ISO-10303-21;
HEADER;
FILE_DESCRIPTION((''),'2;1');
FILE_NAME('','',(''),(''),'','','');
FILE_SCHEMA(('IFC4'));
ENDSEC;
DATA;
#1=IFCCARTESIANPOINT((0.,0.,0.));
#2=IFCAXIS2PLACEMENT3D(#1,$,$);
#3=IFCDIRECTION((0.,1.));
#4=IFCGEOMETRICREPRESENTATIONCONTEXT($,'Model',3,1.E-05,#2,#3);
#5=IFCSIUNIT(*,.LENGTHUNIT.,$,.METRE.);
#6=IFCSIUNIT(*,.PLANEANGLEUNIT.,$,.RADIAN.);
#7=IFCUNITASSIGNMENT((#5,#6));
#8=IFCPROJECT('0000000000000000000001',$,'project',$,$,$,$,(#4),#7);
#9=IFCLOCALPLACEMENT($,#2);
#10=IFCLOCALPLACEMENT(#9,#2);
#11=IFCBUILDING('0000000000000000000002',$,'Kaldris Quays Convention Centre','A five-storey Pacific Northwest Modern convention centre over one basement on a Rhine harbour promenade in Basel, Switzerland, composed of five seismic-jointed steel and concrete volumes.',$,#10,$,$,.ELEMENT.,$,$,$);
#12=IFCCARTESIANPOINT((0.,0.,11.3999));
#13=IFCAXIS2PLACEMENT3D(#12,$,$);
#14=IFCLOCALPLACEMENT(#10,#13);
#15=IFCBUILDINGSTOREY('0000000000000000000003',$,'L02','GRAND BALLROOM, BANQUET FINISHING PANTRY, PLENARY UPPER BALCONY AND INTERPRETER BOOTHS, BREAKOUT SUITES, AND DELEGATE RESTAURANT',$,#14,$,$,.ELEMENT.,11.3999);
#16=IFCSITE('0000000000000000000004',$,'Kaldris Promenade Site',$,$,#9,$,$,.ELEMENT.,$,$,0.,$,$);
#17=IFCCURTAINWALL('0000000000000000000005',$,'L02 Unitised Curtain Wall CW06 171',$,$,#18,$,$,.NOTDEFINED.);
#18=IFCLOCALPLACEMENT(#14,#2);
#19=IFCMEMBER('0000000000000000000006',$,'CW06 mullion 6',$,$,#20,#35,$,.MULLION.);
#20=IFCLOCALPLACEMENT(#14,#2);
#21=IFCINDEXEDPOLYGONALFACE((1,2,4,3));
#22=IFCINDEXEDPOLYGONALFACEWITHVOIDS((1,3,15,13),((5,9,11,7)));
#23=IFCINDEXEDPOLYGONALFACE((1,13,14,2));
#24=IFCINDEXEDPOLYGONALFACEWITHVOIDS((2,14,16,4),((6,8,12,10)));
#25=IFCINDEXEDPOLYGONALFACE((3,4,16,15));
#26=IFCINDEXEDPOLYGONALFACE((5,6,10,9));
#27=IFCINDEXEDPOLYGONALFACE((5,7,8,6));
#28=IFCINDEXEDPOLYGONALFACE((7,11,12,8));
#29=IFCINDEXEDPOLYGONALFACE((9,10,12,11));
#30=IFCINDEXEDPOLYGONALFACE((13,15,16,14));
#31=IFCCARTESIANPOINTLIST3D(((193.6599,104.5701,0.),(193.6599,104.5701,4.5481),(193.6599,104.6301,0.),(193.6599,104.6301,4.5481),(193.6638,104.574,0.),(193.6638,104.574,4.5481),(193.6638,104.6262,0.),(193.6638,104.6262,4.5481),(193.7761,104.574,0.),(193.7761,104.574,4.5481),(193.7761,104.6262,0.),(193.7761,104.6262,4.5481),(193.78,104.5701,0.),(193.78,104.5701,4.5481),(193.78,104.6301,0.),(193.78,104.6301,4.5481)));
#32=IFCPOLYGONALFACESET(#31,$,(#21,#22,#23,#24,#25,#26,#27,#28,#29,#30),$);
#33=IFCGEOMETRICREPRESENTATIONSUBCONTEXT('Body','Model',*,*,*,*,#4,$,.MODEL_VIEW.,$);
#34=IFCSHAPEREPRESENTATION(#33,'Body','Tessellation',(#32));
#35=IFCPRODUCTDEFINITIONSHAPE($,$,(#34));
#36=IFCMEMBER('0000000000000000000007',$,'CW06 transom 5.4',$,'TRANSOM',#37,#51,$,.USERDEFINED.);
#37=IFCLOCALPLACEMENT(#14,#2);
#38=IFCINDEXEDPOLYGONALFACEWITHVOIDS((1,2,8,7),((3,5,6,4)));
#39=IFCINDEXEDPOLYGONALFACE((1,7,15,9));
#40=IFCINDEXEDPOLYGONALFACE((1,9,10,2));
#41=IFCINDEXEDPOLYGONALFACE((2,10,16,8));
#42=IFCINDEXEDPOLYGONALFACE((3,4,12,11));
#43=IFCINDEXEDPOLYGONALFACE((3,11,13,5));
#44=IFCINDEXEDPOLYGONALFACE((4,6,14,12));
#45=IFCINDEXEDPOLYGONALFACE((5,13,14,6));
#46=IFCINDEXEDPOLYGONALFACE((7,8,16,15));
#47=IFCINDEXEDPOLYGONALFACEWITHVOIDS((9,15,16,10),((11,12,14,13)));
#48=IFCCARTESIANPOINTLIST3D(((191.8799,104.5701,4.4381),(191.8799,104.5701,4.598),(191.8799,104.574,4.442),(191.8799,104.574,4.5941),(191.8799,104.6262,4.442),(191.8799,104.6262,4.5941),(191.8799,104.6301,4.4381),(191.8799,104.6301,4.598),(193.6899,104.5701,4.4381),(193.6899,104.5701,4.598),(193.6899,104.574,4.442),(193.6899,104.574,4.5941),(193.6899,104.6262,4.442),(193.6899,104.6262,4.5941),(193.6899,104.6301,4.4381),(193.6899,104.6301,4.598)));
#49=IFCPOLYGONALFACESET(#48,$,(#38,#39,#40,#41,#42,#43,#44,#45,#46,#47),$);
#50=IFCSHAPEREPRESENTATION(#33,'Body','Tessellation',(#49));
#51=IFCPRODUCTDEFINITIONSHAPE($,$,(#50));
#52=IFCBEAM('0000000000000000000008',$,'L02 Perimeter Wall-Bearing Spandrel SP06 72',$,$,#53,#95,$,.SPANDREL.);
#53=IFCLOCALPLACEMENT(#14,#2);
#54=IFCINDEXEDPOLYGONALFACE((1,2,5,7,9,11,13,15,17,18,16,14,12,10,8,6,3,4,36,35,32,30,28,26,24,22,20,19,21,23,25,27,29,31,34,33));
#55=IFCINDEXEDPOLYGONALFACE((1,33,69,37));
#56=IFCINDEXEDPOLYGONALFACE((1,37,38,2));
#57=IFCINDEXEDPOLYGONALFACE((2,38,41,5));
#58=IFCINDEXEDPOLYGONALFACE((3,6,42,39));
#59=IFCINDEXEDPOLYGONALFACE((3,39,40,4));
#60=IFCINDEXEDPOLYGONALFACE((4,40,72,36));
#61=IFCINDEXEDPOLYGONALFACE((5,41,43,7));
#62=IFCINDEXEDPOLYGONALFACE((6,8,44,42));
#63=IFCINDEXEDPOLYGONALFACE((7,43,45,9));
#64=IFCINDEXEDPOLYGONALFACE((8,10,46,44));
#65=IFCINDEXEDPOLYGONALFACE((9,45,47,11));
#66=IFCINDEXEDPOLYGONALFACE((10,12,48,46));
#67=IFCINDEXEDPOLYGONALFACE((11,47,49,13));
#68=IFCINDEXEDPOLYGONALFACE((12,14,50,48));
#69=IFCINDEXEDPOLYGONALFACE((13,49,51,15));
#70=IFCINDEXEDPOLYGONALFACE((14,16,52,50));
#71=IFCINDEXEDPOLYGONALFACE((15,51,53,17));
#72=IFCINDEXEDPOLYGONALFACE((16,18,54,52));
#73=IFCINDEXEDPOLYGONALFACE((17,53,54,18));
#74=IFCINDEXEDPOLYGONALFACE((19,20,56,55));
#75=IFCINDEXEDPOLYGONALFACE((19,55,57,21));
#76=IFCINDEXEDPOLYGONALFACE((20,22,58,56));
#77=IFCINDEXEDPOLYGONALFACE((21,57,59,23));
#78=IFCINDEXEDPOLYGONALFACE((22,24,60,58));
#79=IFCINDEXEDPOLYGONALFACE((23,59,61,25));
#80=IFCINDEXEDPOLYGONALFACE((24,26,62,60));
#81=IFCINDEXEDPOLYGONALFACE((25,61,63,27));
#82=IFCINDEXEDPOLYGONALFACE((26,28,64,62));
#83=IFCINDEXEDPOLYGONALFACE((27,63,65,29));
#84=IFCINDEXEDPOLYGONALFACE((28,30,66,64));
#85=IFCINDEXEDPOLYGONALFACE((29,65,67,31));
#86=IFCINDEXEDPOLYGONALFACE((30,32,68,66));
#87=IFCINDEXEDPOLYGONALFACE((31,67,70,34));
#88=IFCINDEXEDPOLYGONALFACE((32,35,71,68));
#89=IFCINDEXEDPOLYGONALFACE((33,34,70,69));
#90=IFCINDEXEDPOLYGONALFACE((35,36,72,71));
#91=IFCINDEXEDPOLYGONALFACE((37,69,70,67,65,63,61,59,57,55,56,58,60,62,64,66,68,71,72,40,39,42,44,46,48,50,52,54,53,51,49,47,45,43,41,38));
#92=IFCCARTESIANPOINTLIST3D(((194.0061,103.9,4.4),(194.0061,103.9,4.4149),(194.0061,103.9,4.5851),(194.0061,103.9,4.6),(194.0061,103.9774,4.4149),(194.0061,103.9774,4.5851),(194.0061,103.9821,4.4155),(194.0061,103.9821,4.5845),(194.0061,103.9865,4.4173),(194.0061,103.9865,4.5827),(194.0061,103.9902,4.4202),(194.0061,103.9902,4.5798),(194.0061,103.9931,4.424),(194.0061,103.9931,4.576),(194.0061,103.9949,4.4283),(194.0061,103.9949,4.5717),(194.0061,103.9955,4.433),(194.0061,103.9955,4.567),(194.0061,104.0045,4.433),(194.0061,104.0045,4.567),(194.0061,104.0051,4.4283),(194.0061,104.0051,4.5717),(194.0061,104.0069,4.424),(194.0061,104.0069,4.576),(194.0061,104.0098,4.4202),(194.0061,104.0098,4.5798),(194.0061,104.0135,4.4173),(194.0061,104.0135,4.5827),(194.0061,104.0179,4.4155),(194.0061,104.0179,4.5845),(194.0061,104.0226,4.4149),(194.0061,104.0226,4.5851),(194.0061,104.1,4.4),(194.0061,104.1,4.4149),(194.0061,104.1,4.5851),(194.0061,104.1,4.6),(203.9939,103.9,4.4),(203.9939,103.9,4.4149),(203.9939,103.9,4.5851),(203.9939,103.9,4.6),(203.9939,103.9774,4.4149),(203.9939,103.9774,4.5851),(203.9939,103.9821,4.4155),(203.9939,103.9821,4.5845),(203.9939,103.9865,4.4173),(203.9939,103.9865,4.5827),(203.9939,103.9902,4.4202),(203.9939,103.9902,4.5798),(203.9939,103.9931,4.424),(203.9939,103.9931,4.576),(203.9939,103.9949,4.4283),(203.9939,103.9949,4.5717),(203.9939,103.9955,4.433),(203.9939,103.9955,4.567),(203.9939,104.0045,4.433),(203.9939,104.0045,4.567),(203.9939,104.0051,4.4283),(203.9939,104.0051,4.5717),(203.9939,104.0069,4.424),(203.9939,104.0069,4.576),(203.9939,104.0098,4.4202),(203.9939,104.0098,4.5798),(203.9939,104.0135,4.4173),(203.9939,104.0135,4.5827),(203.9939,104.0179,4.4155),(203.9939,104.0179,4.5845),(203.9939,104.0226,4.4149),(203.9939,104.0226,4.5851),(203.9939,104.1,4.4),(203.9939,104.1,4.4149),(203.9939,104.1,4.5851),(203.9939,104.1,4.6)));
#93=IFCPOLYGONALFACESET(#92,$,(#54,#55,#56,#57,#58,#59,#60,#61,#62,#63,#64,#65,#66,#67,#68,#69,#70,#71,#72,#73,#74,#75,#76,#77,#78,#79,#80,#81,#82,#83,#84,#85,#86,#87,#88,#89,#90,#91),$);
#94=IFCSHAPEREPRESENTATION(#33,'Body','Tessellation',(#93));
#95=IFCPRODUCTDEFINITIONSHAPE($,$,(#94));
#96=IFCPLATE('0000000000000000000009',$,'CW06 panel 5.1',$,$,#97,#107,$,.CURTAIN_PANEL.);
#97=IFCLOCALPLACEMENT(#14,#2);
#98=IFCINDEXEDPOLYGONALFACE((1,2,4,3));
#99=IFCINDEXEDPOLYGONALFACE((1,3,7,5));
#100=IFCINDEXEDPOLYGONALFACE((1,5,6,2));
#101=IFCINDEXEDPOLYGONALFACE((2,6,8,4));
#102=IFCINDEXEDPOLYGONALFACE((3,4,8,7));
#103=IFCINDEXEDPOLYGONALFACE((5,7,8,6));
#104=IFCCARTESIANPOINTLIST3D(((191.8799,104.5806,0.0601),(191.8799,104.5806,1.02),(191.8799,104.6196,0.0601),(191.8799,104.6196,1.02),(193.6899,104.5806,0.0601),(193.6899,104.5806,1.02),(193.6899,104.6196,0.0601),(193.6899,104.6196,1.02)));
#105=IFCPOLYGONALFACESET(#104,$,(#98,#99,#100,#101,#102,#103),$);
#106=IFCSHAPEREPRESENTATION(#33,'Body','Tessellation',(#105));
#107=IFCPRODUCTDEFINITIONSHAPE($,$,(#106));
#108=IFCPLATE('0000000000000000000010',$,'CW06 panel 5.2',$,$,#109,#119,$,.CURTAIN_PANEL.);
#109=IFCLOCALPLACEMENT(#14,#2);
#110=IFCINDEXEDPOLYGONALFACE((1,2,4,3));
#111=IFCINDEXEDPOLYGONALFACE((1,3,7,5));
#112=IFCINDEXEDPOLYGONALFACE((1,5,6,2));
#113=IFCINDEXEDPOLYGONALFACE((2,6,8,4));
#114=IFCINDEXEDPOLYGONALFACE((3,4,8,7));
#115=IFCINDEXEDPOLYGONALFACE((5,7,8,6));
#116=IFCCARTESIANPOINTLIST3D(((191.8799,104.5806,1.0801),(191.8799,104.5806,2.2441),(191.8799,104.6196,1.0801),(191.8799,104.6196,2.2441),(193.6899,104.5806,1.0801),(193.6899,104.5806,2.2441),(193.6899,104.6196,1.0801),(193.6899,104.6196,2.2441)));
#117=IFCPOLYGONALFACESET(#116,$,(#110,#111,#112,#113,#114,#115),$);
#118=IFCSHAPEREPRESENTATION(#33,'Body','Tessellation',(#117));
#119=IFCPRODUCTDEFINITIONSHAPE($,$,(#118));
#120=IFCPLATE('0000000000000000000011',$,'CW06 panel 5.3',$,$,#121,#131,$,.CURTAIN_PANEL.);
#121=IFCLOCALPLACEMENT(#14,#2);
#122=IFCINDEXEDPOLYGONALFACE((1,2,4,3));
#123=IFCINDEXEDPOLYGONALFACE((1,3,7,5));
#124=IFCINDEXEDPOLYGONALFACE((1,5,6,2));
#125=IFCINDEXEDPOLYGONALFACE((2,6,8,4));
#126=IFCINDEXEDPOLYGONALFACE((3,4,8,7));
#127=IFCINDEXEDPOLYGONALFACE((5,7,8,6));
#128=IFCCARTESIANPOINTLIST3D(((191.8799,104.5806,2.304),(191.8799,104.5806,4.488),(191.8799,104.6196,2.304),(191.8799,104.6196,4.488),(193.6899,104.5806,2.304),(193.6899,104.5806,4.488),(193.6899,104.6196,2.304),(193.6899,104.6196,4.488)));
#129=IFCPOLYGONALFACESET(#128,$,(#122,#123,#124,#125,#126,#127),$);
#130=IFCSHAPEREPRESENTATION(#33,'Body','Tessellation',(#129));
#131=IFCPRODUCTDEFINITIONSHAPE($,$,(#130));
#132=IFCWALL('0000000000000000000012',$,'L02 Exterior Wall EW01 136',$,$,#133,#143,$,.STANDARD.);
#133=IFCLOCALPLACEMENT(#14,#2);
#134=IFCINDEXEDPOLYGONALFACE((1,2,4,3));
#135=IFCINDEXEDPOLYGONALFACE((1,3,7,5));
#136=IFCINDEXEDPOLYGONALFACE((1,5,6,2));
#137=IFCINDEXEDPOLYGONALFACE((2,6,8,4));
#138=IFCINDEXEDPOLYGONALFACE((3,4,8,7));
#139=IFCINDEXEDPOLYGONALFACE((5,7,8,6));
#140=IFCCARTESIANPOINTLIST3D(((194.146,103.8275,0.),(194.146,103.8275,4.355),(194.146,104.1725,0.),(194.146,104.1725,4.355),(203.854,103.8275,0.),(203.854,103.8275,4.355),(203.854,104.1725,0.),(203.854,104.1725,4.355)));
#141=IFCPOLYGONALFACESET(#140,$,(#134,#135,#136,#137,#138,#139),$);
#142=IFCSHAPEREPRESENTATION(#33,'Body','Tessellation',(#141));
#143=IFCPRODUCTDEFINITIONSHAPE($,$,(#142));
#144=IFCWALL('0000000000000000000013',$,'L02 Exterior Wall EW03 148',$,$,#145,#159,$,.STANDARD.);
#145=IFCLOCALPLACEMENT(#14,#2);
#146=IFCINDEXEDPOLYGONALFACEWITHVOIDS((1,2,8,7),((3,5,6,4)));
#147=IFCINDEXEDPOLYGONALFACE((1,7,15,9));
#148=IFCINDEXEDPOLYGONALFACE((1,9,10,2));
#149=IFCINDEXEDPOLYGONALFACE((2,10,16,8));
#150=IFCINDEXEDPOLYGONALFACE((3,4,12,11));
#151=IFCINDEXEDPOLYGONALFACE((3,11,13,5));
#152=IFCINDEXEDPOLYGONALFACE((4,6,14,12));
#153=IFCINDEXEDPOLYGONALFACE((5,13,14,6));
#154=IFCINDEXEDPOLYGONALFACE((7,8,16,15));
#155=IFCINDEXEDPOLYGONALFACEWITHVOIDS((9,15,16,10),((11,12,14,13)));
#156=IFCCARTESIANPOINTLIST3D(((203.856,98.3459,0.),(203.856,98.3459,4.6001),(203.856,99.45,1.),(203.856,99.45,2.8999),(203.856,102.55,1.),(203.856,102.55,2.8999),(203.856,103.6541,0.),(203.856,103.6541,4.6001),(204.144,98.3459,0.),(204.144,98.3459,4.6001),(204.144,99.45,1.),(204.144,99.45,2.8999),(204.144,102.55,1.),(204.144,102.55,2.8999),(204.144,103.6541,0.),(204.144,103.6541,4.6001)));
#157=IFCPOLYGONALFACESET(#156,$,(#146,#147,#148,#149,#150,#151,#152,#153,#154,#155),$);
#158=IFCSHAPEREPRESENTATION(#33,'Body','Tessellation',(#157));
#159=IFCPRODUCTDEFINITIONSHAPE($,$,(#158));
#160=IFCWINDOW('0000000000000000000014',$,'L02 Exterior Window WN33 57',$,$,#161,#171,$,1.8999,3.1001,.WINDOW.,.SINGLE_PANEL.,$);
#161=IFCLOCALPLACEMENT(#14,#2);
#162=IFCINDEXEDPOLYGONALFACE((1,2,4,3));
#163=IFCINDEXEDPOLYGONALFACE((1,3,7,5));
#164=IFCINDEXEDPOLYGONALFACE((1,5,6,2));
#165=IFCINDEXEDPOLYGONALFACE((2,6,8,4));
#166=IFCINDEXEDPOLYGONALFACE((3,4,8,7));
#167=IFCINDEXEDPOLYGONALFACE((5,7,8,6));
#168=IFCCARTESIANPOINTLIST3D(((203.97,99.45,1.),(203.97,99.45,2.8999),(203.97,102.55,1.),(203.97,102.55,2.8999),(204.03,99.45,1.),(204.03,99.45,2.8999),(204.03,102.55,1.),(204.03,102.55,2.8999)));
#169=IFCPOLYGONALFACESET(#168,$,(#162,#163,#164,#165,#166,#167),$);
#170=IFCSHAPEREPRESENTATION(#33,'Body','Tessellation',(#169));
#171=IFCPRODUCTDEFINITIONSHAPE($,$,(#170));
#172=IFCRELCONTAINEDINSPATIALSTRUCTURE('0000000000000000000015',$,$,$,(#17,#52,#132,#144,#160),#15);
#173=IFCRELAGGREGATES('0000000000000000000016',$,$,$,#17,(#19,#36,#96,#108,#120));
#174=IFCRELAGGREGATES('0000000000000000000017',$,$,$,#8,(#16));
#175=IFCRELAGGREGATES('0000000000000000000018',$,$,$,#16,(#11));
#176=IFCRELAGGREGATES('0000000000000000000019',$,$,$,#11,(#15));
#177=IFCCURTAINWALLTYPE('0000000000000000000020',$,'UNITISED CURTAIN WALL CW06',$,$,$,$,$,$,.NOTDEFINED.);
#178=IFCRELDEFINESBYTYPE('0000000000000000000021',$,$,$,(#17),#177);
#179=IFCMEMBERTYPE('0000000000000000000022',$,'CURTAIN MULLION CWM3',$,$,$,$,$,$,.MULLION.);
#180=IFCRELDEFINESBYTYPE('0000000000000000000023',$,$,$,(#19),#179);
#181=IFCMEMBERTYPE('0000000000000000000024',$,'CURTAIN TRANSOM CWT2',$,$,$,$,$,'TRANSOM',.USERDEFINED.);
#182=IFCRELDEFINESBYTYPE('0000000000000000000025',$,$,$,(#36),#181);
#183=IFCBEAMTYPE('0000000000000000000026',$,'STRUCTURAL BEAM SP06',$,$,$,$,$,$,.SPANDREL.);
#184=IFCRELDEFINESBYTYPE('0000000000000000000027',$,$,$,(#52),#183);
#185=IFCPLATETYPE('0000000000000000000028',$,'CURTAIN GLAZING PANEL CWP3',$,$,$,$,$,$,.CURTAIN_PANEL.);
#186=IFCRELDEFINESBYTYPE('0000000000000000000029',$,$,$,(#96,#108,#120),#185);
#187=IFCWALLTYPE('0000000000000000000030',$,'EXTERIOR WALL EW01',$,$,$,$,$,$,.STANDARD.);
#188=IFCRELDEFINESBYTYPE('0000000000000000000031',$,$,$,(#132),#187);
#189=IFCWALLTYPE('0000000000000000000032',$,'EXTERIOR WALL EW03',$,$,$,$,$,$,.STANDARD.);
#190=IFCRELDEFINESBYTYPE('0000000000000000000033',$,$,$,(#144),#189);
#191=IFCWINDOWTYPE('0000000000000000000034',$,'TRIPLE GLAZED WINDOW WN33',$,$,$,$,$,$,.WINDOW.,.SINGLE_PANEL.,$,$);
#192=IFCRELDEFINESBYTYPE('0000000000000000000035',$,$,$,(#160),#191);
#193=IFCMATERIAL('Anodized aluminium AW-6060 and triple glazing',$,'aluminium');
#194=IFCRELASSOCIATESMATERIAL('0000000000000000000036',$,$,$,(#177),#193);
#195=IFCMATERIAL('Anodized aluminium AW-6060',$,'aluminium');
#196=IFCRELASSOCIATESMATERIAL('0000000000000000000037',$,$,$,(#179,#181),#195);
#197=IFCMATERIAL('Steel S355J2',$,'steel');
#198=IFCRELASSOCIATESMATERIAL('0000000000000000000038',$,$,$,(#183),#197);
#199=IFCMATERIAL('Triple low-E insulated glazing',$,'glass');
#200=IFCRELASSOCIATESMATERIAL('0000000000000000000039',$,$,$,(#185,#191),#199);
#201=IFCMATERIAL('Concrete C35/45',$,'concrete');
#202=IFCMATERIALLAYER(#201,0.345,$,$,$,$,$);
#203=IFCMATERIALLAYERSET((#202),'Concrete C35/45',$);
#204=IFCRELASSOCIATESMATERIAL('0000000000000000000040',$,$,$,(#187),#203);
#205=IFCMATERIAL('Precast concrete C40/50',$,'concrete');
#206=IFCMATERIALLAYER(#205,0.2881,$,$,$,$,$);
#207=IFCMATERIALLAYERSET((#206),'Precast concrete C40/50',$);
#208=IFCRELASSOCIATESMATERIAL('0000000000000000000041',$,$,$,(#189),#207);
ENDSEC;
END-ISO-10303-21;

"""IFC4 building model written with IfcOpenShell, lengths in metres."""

from ifc_helpers import new_model, si_unit, direction, frame, frame_2d, origin, origin_2d, place, context, subcontext, project, spatial, rectangle, hollow_rectangle, i_section, extrude, material, layer, layer_set, material_profile, profile_set, type_object, element, fill, aggregate, save


model = new_model("IFC4")

# Units and contexts
model_context = context("Model", 3, precision=1e-05, world=origin(), true_north=direction((0.0, 1.0)))
body_context = subcontext(model_context, "Body", "Model", "MODEL_VIEW")
ifc_project = project(units=[si_unit("LENGTHUNIT", "METRE"), si_unit("PLANEANGLEUNIT", "RADIAN")], contexts=[model_context])

# Site, building, storey
site_placement = place(None, origin())
site = spatial("IfcSite", under=ifc_project, at=site_placement, Name="Kaldris Promenade Site", CompositionType="ELEMENT", RefElevation=0.0)
building_placement = place(site_placement, origin())
building = spatial("IfcBuilding", under=site, at=building_placement, Name="Kaldris Quays Convention Centre", Description="A five-storey Pacific Northwest Modern convention centre over one basement on a Rhine harbour promenade in Basel, Switzerland, composed of five seismic-jointed steel and concrete volumes.", CompositionType="ELEMENT")
storey_placement = place(building_placement, frame((0.0, 0.0, 11.3999)))
storey = spatial("IfcBuildingStorey", under=building, at=storey_placement, Name="L02", Description="GRAND BALLROOM, BANQUET FINISHING PANTRY, PLENARY UPPER BALCONY AND INTERPRETER BOOTHS, BREAKOUT SUITES, AND DELEGATE RESTAURANT", CompositionType="ELEMENT", Elevation=11.3999)

# Shared definitions
ifc_material_1 = material(Name="Steel S355J2", Category="steel")

# Curtain wall, members
ifc_material_2 = material(Name="Anodized aluminium AW-6060 and triple glazing", Category="aluminium")
curtain_wall_type = type_object("IfcCurtainWallType", Name="UNITISED CURTAIN WALL CW06", PredefinedType="NOTDEFINED", material=ifc_material_2)
curtain_wall_placement = place(storey_placement, origin())
curtain_wall = element("IfcCurtainWall", 1, at=curtain_wall_placement, inside=storey, type_object=curtain_wall_type, Name="L02 Unitised Curtain Wall CW06 171", PredefinedType="NOTDEFINED")
ifc_material_3 = material(Name="Anodized aluminium AW-6060", Category="aluminium")
ifc_material_profile_1 = material_profile(ifc_material_3, hollow_rectangle(XDim=0.0601, YDim=0.1201, WallThickness=0.0039, at=origin_2d()), Name="RHS 120x60x4")
ifc_profile_set_1 = profile_set([ifc_material_profile_1], Name="Anodized aluminium AW-6060")
member_type_1 = type_object("IfcMemberType", Name="CURTAIN MULLION CWM3", PredefinedType="MULLION", material=ifc_profile_set_1)
member_1_placement = place(storey_placement, frame((193.72, 104.6001, 0.0), z_axis=(0.0, 0.0, 1.0), x_axis=(0.0, 1.0, 0.0)))
member_1 = element("IfcMember", 2, at=member_1_placement, type_object=member_type_1, Name="CW06 mullion 6", PredefinedType="MULLION", context=body_context, shape_type="SweptSolid", body=[
    extrude(hollow_rectangle(XDim=0.0601, YDim=0.1201, WallThickness=0.0039, at=origin_2d()), origin(), (0.0, 0.0, 1.0), 4.5481),
])
ifc_material_profile_2 = material_profile(ifc_material_3, hollow_rectangle(XDim=0.0601, YDim=0.1599, WallThickness=0.0039, at=origin_2d()), Name="RHS 160x60x4")
ifc_profile_set_2 = profile_set([ifc_material_profile_2], Name="Anodized aluminium AW-6060")
member_type_2 = type_object("IfcMemberType", Name="CURTAIN TRANSOM CWT2", ElementType="TRANSOM", PredefinedType="USERDEFINED", material=ifc_profile_set_2)
member_2_placement = place(storey_placement, frame((191.8799, 104.6001, 4.5181), z_axis=(1.0, 0.0, 0.0), x_axis=(0.0, 1.0, 0.0)))
member_2 = element("IfcMember", 3, at=member_2_placement, type_object=member_type_2, Name="CW06 transom 5.4", ObjectType="TRANSOM", PredefinedType="USERDEFINED", context=body_context, shape_type="SweptSolid", body=[
    extrude(hollow_rectangle(XDim=0.0601, YDim=0.1599, WallThickness=0.0039, at=origin_2d()), origin(), (0.0, 0.0, 1.0), 1.8101),
])

# Beam
ifc_material_profile_3 = material_profile(ifc_material_1, i_section(OverallWidth=0.2, OverallDepth=0.2, WebThickness=0.009, FlangeThickness=0.0149, FilletRadius=0.0181, at=origin_2d()), Name="HEB 200")
ifc_profile_set_3 = profile_set([ifc_material_profile_3], Name="Steel S355J2")
beam_type = type_object("IfcBeamType", Name="STRUCTURAL BEAM SP06", PredefinedType="SPANDREL", material=ifc_profile_set_3)
beam_placement = place(storey_placement, frame((194.0061, 104.0, 4.5), z_axis=(1.0, 0.0, 0.0), x_axis=(0.0, 1.0, 0.0)))
element("IfcBeam", 4, at=beam_placement, inside=storey, type_object=beam_type, Name="L02 Perimeter Wall-Bearing Spandrel SP06 72", PredefinedType="SPANDREL", context=body_context, shape_type="SweptSolid", body=[
    extrude(i_section(OverallWidth=0.2, OverallDepth=0.2, WebThickness=0.009, FlangeThickness=0.0149, FilletRadius=0.0181, at=origin_2d()), origin(), (0.0, 0.0, 1.0), 9.9878),
])

# Plates
ifc_material_4 = material(Name="Triple low-E insulated glazing", Category="glass")
plate_type = type_object("IfcPlateType", Name="CURTAIN GLAZING PANEL CWP3", PredefinedType="CURTAIN_PANEL", material=ifc_material_4)
plate_1_placement = place(storey_placement, frame((192.7849, 104.6001, 0.0601), z_axis=(0.0, 0.0, 1.0), x_axis=(1.0, 0.0, 0.0)))
plate_1 = element("IfcPlate", 5, at=plate_1_placement, type_object=plate_type, Name="CW06 panel 5.1", PredefinedType="CURTAIN_PANEL", context=body_context, shape_type="SweptSolid", body=[
    extrude(rectangle(XDim=1.8101, YDim=0.0391, at=origin_2d()), origin(), (0.0, 0.0, 1.0), 0.96),
])
plate_2_placement = place(storey_placement, frame((192.7849, 104.6001, 1.0801), z_axis=(0.0, 0.0, 1.0), x_axis=(1.0, 0.0, 0.0)))
plate_2 = element("IfcPlate", 6, at=plate_2_placement, type_object=plate_type, Name="CW06 panel 5.2", PredefinedType="CURTAIN_PANEL", context=body_context, shape_type="SweptSolid", body=[
    extrude(rectangle(XDim=1.8101, YDim=0.0391, at=origin_2d()), origin(), (0.0, 0.0, 1.0), 1.1641),
])
plate_3_placement = place(storey_placement, frame((192.7849, 104.6001, 2.304), z_axis=(0.0, 0.0, 1.0), x_axis=(1.0, 0.0, 0.0)))
plate_3 = element("IfcPlate", 7, at=plate_3_placement, type_object=plate_type, Name="CW06 panel 5.3", PredefinedType="CURTAIN_PANEL", context=body_context, shape_type="SweptSolid", body=[
    extrude(rectangle(XDim=1.8101, YDim=0.0391, at=origin_2d()), origin(), (0.0, 0.0, 1.0), 2.1841),
])
aggregate(curtain_wall, [member_1, member_2, plate_1, plate_2, plate_3])

# Wall
ifc_material_5 = material(Name="Concrete C35/45", Category="concrete")
ifc_layer_1 = layer(ifc_material_5, 0.345)
ifc_layer_set_1 = layer_set([ifc_layer_1], Name="Concrete C35/45")
wall_type_1 = type_object("IfcWallType", Name="EXTERIOR WALL EW01", PredefinedType="STANDARD", material=ifc_layer_set_1)
wall_1_placement = place(storey_placement, frame((194.146, 104.0, 0.0), z_axis=(0.0, 0.0, 1.0), x_axis=(1.0, 0.0, 0.0)))
element("IfcWall", 8, at=wall_1_placement, inside=storey, type_object=wall_type_1, Name="L02 Exterior Wall EW01 136", PredefinedType="STANDARD", context=body_context, shape_type="SweptSolid", body=[
    extrude(rectangle(XDim=9.708, YDim=0.345, at=frame_2d((4.854, 0.0))), origin(), (0.0, 0.0, 1.0), 4.355),
])

# Wall, opening, window
ifc_material_6 = material(Name="Precast concrete C40/50", Category="concrete")
ifc_layer_2 = layer(ifc_material_6, 0.2881)
ifc_layer_set_2 = layer_set([ifc_layer_2], Name="Precast concrete C40/50")
wall_type_2 = type_object("IfcWallType", Name="EXTERIOR WALL EW03", PredefinedType="STANDARD", material=ifc_layer_set_2)
wall_2_placement = place(storey_placement, frame((204.0, 98.3459, 0.0), z_axis=(0.0, 0.0, 1.0), x_axis=(0.0, 1.0, 0.0)))
wall_2 = element("IfcWall", 9, at=wall_2_placement, inside=storey, type_object=wall_type_2, Name="L02 Exterior Wall EW03 148", PredefinedType="STANDARD", context=body_context, shape_type="SweptSolid", body=[
    extrude(rectangle(XDim=5.3081, YDim=0.2881, at=frame_2d((2.6541, 0.0))), origin(), (0.0, 0.0, 1.0), 4.6001),
])
opening_placement = place(wall_2_placement, frame((1.104, 0.0, 1.0)))
opening = element("IfcOpeningElement", 10, at=opening_placement, cuts=wall_2, PredefinedType="OPENING", context=body_context, shape_type="SweptSolid", body=[
    extrude(rectangle(XDim=3.1001, YDim=1.8999, at=frame_2d((1.55, 0.95))), frame((0.0, 0.1541, 0.0), z_axis=(0.0, -1.0, 0.0), x_axis=(1.0, 0.0, 0.0)), (0.0, 0.0, 1.0), 0.3081),
])
window_type = type_object("IfcWindowType", Name="TRIPLE GLAZED WINDOW WN33", PartitioningType="SINGLE_PANEL", PredefinedType="WINDOW", material=ifc_material_4)
window_placement = place(opening_placement, origin())
window = element("IfcWindow", 11, at=window_placement, inside=storey, type_object=window_type, Name="L02 Exterior Window WN33 57", OverallHeight=1.8999, OverallWidth=3.1001, PartitioningType="SINGLE_PANEL", PredefinedType="WINDOW", context=body_context, shape_type="SweptSolid", body=[
    extrude(rectangle(XDim=3.1001, YDim=1.8999, at=frame_2d((1.55, 0.95))), frame((0.0, 0.03, 0.0), z_axis=(0.0, -1.0, 0.0), x_axis=(1.0, 0.0, 0.0)), (0.0, 0.0, 1.0), 0.0601),
])
fill(opening, window)

save(model, "model.ifc")
